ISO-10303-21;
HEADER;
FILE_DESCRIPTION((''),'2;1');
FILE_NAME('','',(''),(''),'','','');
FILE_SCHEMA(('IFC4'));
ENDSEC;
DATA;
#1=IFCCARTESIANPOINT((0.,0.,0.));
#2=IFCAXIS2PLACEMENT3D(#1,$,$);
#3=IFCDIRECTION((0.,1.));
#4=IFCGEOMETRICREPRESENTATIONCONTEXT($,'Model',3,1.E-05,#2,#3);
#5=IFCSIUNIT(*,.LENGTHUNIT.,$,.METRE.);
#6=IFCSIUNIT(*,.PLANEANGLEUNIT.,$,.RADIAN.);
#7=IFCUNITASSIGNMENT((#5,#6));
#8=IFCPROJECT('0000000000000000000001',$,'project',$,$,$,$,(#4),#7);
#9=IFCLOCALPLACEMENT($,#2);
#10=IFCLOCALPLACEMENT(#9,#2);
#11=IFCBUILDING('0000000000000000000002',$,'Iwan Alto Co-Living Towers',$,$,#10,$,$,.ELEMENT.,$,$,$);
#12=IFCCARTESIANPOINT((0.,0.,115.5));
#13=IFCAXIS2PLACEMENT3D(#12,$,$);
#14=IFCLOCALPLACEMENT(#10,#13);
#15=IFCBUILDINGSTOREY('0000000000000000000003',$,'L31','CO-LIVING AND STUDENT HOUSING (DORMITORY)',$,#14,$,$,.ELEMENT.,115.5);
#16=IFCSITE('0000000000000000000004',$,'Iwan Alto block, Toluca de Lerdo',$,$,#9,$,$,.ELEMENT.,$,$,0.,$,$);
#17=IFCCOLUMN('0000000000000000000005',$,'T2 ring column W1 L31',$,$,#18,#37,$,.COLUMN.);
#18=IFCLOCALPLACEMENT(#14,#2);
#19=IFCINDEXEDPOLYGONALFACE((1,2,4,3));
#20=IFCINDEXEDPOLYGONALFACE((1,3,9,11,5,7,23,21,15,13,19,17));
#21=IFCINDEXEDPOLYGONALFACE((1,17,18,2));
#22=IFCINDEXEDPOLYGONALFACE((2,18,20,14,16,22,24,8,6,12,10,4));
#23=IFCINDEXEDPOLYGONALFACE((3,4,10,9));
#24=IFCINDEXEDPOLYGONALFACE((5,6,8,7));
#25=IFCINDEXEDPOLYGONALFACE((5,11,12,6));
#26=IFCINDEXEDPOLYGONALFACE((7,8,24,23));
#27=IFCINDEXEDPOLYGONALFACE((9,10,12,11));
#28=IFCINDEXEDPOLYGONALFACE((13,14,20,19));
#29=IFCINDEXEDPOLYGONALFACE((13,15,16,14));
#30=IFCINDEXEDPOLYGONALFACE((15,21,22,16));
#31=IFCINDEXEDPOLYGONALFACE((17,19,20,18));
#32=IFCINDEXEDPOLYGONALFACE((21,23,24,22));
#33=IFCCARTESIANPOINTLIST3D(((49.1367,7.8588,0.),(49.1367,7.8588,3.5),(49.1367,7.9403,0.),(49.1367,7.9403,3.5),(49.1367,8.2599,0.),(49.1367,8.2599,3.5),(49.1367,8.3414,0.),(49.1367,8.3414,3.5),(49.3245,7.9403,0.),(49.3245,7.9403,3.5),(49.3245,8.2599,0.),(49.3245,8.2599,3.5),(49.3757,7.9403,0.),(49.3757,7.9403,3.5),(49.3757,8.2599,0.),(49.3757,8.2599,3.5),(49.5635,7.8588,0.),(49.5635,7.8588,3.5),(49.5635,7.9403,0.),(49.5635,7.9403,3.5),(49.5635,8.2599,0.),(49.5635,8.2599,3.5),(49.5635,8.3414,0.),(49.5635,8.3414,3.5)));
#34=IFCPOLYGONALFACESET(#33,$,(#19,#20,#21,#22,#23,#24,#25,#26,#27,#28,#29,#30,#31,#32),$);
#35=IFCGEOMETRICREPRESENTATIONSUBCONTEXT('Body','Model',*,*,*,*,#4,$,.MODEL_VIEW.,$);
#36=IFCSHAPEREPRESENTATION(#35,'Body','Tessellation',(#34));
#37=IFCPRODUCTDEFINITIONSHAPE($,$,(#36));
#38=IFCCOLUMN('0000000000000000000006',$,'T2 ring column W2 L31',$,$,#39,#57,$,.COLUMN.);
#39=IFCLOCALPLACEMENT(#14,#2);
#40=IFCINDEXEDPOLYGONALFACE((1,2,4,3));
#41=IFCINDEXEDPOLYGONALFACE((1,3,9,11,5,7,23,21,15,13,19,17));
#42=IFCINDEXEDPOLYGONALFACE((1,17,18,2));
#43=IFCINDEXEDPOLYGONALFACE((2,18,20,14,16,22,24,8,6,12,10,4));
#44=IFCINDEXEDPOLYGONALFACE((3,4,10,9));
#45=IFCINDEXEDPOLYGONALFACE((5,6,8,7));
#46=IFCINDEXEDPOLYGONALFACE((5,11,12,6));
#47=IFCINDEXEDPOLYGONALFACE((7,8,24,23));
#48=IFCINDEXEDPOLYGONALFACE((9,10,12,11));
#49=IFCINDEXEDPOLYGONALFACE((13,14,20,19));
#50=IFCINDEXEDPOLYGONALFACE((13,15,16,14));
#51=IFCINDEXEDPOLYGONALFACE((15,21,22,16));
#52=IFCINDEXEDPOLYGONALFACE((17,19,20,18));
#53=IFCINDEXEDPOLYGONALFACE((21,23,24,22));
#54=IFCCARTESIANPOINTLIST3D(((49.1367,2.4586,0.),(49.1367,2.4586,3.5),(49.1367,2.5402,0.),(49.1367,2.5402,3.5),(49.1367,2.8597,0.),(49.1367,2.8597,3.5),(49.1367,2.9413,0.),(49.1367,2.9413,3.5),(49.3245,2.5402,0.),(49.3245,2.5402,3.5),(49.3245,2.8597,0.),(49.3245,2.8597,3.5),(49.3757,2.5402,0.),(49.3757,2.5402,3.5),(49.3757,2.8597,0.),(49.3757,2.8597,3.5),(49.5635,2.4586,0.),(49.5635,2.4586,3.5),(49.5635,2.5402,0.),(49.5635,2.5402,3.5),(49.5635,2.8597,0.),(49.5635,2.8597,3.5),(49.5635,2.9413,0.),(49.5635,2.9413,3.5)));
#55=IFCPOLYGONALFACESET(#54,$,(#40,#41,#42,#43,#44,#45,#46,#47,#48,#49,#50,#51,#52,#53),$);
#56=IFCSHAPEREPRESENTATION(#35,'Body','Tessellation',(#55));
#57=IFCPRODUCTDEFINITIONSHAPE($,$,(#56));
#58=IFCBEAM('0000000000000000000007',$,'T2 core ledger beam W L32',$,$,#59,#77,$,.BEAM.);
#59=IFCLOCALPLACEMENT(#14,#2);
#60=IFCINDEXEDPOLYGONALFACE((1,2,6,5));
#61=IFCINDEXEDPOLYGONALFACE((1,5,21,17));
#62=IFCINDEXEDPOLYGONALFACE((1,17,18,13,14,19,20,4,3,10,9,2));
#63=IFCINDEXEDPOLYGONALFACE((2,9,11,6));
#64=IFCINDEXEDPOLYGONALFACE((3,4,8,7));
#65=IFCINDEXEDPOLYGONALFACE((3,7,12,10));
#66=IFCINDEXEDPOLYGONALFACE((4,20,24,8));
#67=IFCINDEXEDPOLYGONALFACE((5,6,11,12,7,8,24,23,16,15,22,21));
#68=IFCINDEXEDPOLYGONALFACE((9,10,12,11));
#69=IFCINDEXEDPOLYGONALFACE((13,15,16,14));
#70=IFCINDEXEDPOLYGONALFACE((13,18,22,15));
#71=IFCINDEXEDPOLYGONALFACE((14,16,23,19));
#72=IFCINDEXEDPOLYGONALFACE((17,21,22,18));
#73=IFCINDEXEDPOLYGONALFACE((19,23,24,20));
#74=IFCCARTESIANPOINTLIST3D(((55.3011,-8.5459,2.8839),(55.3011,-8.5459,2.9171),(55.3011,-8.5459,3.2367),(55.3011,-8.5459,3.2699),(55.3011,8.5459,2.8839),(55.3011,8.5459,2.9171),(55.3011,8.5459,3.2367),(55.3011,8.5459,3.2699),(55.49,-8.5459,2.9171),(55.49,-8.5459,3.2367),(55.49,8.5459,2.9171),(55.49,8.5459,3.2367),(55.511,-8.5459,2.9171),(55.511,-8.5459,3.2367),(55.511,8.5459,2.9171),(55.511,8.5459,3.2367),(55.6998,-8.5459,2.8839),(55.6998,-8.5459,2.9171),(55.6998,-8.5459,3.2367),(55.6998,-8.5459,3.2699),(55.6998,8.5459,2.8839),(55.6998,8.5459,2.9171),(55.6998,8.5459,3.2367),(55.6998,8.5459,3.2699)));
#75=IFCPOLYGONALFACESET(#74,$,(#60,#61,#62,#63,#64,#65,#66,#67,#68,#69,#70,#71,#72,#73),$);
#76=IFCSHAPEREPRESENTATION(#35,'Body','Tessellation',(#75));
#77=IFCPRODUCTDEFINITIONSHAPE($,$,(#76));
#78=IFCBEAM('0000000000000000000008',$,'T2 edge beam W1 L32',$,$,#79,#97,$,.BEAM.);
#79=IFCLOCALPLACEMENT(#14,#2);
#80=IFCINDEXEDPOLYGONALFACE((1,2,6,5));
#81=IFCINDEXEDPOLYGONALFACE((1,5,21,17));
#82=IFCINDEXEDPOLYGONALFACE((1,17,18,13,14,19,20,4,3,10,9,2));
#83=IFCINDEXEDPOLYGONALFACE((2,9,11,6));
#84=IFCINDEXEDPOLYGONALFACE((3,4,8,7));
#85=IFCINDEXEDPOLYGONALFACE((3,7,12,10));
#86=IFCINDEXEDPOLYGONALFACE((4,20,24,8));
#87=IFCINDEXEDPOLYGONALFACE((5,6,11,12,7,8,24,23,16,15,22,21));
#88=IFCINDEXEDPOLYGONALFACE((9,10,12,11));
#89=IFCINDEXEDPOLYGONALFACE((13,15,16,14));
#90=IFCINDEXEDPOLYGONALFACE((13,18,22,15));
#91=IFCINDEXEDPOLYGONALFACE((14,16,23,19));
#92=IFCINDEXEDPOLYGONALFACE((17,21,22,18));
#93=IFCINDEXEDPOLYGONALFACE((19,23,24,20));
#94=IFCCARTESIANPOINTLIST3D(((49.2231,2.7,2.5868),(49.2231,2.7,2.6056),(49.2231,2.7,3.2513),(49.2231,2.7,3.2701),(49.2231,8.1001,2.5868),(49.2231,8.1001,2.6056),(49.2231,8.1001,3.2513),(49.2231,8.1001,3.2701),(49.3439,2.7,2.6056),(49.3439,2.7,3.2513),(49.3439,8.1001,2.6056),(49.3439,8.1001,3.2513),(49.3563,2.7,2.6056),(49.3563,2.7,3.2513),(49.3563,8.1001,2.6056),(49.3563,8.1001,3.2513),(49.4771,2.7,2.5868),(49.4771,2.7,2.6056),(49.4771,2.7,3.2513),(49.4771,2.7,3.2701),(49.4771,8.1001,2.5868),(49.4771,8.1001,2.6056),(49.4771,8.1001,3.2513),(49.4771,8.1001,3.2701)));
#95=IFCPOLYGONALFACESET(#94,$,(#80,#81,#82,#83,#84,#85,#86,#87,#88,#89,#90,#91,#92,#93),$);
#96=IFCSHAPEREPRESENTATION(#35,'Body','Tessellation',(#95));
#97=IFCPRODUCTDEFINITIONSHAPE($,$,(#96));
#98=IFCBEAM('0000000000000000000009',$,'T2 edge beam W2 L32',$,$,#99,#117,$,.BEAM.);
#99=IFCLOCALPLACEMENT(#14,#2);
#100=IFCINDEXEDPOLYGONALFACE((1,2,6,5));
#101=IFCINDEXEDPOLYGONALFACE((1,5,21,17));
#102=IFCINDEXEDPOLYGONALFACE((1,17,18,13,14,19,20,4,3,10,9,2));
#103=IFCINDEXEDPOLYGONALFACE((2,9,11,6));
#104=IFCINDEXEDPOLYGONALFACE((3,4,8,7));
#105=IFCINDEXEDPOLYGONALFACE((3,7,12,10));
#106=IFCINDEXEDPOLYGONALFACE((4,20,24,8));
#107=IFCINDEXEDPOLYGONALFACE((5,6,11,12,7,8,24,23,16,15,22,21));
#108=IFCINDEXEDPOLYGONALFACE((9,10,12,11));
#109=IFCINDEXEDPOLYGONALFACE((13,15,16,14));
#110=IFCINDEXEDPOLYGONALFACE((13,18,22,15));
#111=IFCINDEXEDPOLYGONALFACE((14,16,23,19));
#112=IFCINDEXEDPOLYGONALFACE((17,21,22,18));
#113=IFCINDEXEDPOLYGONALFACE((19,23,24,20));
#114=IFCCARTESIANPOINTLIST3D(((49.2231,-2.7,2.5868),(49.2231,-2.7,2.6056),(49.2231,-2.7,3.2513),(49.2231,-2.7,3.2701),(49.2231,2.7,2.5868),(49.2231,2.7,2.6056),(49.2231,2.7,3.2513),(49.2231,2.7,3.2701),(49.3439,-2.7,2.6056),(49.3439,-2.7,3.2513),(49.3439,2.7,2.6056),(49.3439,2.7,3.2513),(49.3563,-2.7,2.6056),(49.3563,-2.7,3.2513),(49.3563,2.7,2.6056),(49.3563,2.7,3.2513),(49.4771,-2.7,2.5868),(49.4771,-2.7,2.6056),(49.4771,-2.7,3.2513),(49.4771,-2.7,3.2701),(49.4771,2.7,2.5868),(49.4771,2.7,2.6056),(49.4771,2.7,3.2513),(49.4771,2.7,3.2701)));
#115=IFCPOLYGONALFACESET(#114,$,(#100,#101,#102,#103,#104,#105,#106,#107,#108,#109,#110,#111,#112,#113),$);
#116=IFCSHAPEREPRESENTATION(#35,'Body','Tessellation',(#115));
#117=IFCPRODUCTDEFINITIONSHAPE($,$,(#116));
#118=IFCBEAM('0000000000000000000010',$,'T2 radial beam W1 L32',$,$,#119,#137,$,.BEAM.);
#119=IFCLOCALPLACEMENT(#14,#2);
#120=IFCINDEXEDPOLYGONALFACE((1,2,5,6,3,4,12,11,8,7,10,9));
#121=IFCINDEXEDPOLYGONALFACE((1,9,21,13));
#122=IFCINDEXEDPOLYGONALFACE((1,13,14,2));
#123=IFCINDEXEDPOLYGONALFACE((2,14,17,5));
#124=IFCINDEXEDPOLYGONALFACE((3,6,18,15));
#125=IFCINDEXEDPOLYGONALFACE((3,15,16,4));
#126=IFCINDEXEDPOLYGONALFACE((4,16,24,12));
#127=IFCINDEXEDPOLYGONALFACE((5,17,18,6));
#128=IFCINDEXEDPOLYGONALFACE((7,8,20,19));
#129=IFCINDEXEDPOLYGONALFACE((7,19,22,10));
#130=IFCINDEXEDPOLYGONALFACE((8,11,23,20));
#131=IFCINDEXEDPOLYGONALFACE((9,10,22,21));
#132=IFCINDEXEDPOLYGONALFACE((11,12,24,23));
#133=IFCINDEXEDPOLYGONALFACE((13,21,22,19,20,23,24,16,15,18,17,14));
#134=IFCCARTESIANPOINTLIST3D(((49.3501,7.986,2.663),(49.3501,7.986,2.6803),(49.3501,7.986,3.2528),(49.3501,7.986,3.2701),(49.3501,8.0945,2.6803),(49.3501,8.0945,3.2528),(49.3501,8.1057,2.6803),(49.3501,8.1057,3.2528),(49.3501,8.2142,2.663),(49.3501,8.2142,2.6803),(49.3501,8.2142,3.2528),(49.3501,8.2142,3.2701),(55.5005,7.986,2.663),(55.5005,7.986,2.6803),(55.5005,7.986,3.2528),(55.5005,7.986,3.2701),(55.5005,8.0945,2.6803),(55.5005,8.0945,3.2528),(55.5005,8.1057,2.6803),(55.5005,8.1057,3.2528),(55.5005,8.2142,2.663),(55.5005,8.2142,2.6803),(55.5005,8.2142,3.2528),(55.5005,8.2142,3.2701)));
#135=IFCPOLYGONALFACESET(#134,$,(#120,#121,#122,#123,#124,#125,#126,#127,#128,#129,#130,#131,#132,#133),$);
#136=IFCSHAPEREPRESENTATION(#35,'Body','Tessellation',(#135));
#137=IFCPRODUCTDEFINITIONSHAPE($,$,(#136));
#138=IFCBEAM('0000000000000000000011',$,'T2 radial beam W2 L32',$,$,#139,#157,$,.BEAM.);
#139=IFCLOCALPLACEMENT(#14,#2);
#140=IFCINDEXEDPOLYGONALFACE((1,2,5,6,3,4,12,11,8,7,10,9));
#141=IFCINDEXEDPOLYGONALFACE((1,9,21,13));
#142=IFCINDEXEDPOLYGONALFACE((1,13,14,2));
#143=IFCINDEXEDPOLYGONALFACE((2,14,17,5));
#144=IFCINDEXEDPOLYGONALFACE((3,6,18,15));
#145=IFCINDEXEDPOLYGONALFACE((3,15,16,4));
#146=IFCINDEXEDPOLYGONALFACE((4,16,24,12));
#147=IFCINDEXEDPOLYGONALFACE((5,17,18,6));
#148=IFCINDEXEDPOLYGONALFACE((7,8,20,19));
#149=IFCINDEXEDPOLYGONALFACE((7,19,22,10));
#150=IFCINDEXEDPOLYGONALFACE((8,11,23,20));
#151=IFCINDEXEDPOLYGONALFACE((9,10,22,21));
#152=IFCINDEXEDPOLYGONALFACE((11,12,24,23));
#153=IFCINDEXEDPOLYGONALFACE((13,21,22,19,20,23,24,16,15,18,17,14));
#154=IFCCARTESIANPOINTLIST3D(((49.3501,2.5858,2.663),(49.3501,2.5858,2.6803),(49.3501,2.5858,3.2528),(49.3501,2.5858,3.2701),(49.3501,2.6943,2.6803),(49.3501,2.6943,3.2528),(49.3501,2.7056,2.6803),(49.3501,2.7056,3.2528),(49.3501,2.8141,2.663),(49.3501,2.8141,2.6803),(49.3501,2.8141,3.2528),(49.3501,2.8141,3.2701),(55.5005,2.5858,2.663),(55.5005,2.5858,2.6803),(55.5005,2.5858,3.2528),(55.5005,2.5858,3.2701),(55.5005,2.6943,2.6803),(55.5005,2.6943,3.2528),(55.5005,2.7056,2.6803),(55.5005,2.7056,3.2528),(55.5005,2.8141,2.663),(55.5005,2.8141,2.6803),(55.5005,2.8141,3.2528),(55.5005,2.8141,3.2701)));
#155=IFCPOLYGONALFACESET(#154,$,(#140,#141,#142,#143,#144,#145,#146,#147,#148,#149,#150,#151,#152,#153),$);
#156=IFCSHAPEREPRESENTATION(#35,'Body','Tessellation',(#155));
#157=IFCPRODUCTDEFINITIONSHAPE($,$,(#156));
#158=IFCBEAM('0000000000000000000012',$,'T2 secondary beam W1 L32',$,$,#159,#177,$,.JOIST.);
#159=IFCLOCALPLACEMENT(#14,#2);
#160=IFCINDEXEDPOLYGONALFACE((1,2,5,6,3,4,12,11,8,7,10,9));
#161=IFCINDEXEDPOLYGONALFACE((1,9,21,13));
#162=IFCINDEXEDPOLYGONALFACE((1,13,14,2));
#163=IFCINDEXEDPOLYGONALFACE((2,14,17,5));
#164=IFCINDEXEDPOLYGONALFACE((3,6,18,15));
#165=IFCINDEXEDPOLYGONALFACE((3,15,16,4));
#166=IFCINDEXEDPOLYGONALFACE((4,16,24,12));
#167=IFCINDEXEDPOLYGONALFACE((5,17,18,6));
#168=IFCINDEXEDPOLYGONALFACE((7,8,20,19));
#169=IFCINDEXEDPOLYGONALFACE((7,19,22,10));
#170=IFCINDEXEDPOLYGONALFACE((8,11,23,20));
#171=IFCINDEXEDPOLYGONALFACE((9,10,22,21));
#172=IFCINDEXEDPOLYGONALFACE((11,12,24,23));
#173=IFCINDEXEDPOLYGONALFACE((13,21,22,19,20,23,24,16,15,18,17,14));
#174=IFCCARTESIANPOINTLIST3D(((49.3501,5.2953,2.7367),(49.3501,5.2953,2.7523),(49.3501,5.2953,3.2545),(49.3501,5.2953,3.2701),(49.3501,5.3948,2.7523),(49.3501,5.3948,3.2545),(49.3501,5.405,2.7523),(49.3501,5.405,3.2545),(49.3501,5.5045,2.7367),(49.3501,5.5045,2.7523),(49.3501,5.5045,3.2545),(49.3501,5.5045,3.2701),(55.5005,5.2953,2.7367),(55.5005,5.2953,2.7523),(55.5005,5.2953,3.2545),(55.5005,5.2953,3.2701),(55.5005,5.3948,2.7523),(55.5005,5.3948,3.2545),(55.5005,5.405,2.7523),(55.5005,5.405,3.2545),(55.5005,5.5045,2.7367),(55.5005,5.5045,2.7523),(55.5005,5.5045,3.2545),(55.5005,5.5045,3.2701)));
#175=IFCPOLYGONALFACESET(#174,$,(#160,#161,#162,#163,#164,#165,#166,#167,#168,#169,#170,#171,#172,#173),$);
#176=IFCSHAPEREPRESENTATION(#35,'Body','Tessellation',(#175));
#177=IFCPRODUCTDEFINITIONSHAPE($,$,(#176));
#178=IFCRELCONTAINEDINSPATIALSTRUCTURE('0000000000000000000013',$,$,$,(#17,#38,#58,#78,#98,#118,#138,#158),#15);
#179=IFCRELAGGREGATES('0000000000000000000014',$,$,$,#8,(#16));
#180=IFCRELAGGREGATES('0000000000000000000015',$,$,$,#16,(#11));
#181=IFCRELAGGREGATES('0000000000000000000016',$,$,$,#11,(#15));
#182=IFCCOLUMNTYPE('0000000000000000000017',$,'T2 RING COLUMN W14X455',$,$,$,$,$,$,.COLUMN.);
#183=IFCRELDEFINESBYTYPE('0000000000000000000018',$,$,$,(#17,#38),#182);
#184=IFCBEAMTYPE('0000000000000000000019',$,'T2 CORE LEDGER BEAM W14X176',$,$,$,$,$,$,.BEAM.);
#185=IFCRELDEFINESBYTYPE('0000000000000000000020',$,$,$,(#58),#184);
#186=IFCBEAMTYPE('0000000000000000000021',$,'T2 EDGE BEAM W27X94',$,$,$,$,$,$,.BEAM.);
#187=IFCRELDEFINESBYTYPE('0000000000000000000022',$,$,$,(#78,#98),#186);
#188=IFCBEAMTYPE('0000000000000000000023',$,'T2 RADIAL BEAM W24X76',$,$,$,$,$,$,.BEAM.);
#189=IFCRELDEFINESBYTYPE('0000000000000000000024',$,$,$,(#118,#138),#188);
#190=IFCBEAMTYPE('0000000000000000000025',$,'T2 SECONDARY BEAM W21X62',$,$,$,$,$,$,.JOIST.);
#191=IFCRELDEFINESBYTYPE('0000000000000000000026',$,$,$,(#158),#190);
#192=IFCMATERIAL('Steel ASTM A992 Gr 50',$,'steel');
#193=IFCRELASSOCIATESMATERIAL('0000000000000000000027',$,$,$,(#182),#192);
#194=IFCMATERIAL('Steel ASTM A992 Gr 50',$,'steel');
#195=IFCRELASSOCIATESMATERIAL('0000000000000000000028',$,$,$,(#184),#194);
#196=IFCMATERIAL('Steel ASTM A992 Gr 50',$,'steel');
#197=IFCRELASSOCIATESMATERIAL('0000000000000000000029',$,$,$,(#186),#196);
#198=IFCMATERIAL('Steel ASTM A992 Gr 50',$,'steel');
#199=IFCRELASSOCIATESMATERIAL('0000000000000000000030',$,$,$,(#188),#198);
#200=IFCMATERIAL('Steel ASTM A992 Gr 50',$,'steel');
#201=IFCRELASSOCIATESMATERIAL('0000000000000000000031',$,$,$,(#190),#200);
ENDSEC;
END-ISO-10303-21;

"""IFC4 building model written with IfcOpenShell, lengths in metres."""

from ifc_helpers import new_model, si_unit, direction, frame, origin, origin_2d, place, context, subcontext, project, spatial, i_section, extrude, material, material_profile, profile_set, type_object, element, save


model = new_model("IFC4")

# Units and contexts
model_context = context("Model", 3, precision=1e-05, world=origin(), true_north=direction((0.0, 1.0)))
body_context = subcontext(model_context, "Body", "Model", "MODEL_VIEW")
ifc_project = project(units=[si_unit("LENGTHUNIT", "METRE"), si_unit("PLANEANGLEUNIT", "RADIAN")], contexts=[model_context])

# Site, building, storey
site_placement = place(None, origin())
site = spatial("IfcSite", under=ifc_project, at=site_placement, Name="Iwan Alto block, Toluca de Lerdo", CompositionType="ELEMENT", RefElevation=0.0)
building_placement = place(site_placement, origin())
building = spatial("IfcBuilding", under=site, at=building_placement, Name="Iwan Alto Co-Living Towers", CompositionType="ELEMENT")
storey_placement = place(building_placement, frame((0.0, 0.0, 115.5)))
storey = spatial("IfcBuildingStorey", under=building, at=storey_placement, Name="L31", Description="CO-LIVING AND STUDENT HOUSING (DORMITORY)", CompositionType="ELEMENT", Elevation=115.5)

# Columns
ifc_material_1 = material(Name="Steel ASTM A992 Gr 50", Category="steel")
ifc_material_profile_1 = material_profile(ifc_material_1, i_section(OverallWidth=0.4268, OverallDepth=0.4827, WebThickness=0.0513, FlangeThickness=0.0815, at=origin_2d()), Name="W14X455")
ifc_profile_set_1 = profile_set([ifc_material_profile_1], Name="Steel ASTM A992 Gr 50")
column_type = type_object("IfcColumnType", Name="T2 RING COLUMN W14X455", PredefinedType="COLUMN", material=ifc_profile_set_1)
for number, where, z_axis, x_axis, name in (
    (1, (49.3501, 8.1001, 0.0), (0.0, 0.0, 1.0), (1.0, 0.0, 0.0), "T2 ring column W1 L31"),
    (2, (49.3501, 2.7, 0.0), (0.0, 0.0, 1.0), (1.0, 0.0, 0.0), "T2 ring column W2 L31"),
):
    element("IfcColumn", number, at=place(storey_placement, frame(where, z_axis=z_axis, x_axis=x_axis)), inside=storey, type_object=column_type, Name=name, PredefinedType="COLUMN", context=body_context, shape_type="SweptSolid", body=[
        extrude(i_section(OverallWidth=0.4268, OverallDepth=0.4827, WebThickness=0.0513, FlangeThickness=0.0815, at=origin_2d()), origin(), (0.0, 0.0, 1.0), 3.5),
    ])

# Beams
ifc_material_2 = material(Name="Steel ASTM A992 Gr 50", Category="steel")
ifc_material_profile_2 = material_profile(ifc_material_2, i_section(OverallWidth=0.3987, OverallDepth=0.386, WebThickness=0.021, FlangeThickness=0.0332, at=origin_2d()), Name="W14X176")
ifc_profile_set_2 = profile_set([ifc_material_profile_2], Name="Steel ASTM A992 Gr 50")
beam_type_1 = type_object("IfcBeamType", Name="T2 CORE LEDGER BEAM W14X176", PredefinedType="BEAM", material=ifc_profile_set_2)
beam_1_placement = place(storey_placement, frame((55.5005, 8.5459, 3.0769), z_axis=(0.0, -1.0, 0.0), x_axis=(1.0, 0.0, 0.0)))
element("IfcBeam", 3, at=beam_1_placement, inside=storey, type_object=beam_type_1, Name="T2 core ledger beam W L32", PredefinedType="BEAM", context=body_context, shape_type="SweptSolid", body=[
    extrude(i_section(OverallWidth=0.3987, OverallDepth=0.386, WebThickness=0.021, FlangeThickness=0.0332, at=origin_2d()), origin(), (0.0, 0.0, 1.0), 17.0918),
])
ifc_material_3 = material(Name="Steel ASTM A992 Gr 50", Category="steel")
ifc_material_profile_3 = material_profile(ifc_material_3, i_section(OverallWidth=0.2539, OverallDepth=0.6833, WebThickness=0.0125, FlangeThickness=0.0188, at=origin_2d()), Name="W27X94")
ifc_profile_set_3 = profile_set([ifc_material_profile_3], Name="Steel ASTM A992 Gr 50")
beam_type_2 = type_object("IfcBeamType", Name="T2 EDGE BEAM W27X94", PredefinedType="BEAM", material=ifc_profile_set_3)
beam_2_placement = place(storey_placement, frame((49.3501, 8.1001, 2.9285), z_axis=(0.0, -1.0, 0.0), x_axis=(1.0, 0.0, 0.0)))
element("IfcBeam", 4, at=beam_2_placement, inside=storey, type_object=beam_type_2, Name="T2 edge beam W1 L32", PredefinedType="BEAM", context=body_context, shape_type="SweptSolid", body=[
    extrude(i_section(OverallWidth=0.2539, OverallDepth=0.6833, WebThickness=0.0125, FlangeThickness=0.0188, at=origin_2d()), origin(), (0.0, 0.0, 1.0), 5.4001),
])
beam_3_placement = place(storey_placement, frame((49.3501, 2.7, 2.9285), z_axis=(0.0, -1.0, 0.0), x_axis=(1.0, 0.0, 0.0)))
element("IfcBeam", 5, at=beam_3_placement, inside=storey, type_object=beam_type_2, Name="T2 edge beam W2 L32", PredefinedType="BEAM", context=body_context, shape_type="SweptSolid", body=[
    extrude(i_section(OverallWidth=0.2539, OverallDepth=0.6833, WebThickness=0.0125, FlangeThickness=0.0188, at=origin_2d()), origin(), (0.0, 0.0, 1.0), 5.3999),
])
ifc_material_4 = material(Name="Steel ASTM A992 Gr 50", Category="steel")
ifc_material_profile_4 = material_profile(ifc_material_4, i_section(OverallWidth=0.2283, OverallDepth=0.6072, WebThickness=0.0112, FlangeThickness=0.0173, at=origin_2d()), Name="W24X76")
ifc_profile_set_4 = profile_set([ifc_material_profile_4], Name="Steel ASTM A992 Gr 50")
beam_type_3 = type_object("IfcBeamType", Name="T2 RADIAL BEAM W24X76", PredefinedType="BEAM", material=ifc_profile_set_4)
for number, where, z_axis, x_axis, name in (
    (6, (49.3501, 8.1001, 2.9666), (1.0, 0.0, 0.0), (0.0, 1.0, 0.0), "T2 radial beam W1 L32"),
    (7, (49.3501, 2.7, 2.9666), (1.0, 0.0, 0.0), (0.0, 1.0, 0.0), "T2 radial beam W2 L32"),
):
    element("IfcBeam", number, at=place(storey_placement, frame(where, z_axis=z_axis, x_axis=x_axis)), inside=storey, type_object=beam_type_3, Name=name, PredefinedType="BEAM", context=body_context, shape_type="SweptSolid", body=[
        extrude(i_section(OverallWidth=0.2283, OverallDepth=0.6072, WebThickness=0.0112, FlangeThickness=0.0173, at=origin_2d()), origin(), (0.0, 0.0, 1.0), 6.1504),
    ])
ifc_material_5 = material(Name="Steel ASTM A992 Gr 50", Category="steel")
ifc_material_profile_5 = material_profile(ifc_material_5, i_section(OverallWidth=0.2092, OverallDepth=0.5334, WebThickness=0.0103, FlangeThickness=0.0156, at=origin_2d()), Name="W21X62")
ifc_profile_set_5 = profile_set([ifc_material_profile_5], Name="Steel ASTM A992 Gr 50")
beam_type_4 = type_object("IfcBeamType", Name="T2 SECONDARY BEAM W21X62", PredefinedType="JOIST", material=ifc_profile_set_5)
for number, where, z_axis, x_axis, name in (
    (8, (49.3501, 5.3999, 3.0034), (1.0, 0.0, 0.0), (0.0, 1.0, 0.0), "T2 secondary beam W1 L32"),
):
    element("IfcBeam", number, at=place(storey_placement, frame(where, z_axis=z_axis, x_axis=x_axis)), inside=storey, type_object=beam_type_4, Name=name, PredefinedType="JOIST", context=body_context, shape_type="SweptSolid", body=[
        extrude(i_section(OverallWidth=0.2092, OverallDepth=0.5334, WebThickness=0.0103, FlangeThickness=0.0156, at=origin_2d()), origin(), (0.0, 0.0, 1.0), 6.1504),
    ])

save(model, "model.ifc")
